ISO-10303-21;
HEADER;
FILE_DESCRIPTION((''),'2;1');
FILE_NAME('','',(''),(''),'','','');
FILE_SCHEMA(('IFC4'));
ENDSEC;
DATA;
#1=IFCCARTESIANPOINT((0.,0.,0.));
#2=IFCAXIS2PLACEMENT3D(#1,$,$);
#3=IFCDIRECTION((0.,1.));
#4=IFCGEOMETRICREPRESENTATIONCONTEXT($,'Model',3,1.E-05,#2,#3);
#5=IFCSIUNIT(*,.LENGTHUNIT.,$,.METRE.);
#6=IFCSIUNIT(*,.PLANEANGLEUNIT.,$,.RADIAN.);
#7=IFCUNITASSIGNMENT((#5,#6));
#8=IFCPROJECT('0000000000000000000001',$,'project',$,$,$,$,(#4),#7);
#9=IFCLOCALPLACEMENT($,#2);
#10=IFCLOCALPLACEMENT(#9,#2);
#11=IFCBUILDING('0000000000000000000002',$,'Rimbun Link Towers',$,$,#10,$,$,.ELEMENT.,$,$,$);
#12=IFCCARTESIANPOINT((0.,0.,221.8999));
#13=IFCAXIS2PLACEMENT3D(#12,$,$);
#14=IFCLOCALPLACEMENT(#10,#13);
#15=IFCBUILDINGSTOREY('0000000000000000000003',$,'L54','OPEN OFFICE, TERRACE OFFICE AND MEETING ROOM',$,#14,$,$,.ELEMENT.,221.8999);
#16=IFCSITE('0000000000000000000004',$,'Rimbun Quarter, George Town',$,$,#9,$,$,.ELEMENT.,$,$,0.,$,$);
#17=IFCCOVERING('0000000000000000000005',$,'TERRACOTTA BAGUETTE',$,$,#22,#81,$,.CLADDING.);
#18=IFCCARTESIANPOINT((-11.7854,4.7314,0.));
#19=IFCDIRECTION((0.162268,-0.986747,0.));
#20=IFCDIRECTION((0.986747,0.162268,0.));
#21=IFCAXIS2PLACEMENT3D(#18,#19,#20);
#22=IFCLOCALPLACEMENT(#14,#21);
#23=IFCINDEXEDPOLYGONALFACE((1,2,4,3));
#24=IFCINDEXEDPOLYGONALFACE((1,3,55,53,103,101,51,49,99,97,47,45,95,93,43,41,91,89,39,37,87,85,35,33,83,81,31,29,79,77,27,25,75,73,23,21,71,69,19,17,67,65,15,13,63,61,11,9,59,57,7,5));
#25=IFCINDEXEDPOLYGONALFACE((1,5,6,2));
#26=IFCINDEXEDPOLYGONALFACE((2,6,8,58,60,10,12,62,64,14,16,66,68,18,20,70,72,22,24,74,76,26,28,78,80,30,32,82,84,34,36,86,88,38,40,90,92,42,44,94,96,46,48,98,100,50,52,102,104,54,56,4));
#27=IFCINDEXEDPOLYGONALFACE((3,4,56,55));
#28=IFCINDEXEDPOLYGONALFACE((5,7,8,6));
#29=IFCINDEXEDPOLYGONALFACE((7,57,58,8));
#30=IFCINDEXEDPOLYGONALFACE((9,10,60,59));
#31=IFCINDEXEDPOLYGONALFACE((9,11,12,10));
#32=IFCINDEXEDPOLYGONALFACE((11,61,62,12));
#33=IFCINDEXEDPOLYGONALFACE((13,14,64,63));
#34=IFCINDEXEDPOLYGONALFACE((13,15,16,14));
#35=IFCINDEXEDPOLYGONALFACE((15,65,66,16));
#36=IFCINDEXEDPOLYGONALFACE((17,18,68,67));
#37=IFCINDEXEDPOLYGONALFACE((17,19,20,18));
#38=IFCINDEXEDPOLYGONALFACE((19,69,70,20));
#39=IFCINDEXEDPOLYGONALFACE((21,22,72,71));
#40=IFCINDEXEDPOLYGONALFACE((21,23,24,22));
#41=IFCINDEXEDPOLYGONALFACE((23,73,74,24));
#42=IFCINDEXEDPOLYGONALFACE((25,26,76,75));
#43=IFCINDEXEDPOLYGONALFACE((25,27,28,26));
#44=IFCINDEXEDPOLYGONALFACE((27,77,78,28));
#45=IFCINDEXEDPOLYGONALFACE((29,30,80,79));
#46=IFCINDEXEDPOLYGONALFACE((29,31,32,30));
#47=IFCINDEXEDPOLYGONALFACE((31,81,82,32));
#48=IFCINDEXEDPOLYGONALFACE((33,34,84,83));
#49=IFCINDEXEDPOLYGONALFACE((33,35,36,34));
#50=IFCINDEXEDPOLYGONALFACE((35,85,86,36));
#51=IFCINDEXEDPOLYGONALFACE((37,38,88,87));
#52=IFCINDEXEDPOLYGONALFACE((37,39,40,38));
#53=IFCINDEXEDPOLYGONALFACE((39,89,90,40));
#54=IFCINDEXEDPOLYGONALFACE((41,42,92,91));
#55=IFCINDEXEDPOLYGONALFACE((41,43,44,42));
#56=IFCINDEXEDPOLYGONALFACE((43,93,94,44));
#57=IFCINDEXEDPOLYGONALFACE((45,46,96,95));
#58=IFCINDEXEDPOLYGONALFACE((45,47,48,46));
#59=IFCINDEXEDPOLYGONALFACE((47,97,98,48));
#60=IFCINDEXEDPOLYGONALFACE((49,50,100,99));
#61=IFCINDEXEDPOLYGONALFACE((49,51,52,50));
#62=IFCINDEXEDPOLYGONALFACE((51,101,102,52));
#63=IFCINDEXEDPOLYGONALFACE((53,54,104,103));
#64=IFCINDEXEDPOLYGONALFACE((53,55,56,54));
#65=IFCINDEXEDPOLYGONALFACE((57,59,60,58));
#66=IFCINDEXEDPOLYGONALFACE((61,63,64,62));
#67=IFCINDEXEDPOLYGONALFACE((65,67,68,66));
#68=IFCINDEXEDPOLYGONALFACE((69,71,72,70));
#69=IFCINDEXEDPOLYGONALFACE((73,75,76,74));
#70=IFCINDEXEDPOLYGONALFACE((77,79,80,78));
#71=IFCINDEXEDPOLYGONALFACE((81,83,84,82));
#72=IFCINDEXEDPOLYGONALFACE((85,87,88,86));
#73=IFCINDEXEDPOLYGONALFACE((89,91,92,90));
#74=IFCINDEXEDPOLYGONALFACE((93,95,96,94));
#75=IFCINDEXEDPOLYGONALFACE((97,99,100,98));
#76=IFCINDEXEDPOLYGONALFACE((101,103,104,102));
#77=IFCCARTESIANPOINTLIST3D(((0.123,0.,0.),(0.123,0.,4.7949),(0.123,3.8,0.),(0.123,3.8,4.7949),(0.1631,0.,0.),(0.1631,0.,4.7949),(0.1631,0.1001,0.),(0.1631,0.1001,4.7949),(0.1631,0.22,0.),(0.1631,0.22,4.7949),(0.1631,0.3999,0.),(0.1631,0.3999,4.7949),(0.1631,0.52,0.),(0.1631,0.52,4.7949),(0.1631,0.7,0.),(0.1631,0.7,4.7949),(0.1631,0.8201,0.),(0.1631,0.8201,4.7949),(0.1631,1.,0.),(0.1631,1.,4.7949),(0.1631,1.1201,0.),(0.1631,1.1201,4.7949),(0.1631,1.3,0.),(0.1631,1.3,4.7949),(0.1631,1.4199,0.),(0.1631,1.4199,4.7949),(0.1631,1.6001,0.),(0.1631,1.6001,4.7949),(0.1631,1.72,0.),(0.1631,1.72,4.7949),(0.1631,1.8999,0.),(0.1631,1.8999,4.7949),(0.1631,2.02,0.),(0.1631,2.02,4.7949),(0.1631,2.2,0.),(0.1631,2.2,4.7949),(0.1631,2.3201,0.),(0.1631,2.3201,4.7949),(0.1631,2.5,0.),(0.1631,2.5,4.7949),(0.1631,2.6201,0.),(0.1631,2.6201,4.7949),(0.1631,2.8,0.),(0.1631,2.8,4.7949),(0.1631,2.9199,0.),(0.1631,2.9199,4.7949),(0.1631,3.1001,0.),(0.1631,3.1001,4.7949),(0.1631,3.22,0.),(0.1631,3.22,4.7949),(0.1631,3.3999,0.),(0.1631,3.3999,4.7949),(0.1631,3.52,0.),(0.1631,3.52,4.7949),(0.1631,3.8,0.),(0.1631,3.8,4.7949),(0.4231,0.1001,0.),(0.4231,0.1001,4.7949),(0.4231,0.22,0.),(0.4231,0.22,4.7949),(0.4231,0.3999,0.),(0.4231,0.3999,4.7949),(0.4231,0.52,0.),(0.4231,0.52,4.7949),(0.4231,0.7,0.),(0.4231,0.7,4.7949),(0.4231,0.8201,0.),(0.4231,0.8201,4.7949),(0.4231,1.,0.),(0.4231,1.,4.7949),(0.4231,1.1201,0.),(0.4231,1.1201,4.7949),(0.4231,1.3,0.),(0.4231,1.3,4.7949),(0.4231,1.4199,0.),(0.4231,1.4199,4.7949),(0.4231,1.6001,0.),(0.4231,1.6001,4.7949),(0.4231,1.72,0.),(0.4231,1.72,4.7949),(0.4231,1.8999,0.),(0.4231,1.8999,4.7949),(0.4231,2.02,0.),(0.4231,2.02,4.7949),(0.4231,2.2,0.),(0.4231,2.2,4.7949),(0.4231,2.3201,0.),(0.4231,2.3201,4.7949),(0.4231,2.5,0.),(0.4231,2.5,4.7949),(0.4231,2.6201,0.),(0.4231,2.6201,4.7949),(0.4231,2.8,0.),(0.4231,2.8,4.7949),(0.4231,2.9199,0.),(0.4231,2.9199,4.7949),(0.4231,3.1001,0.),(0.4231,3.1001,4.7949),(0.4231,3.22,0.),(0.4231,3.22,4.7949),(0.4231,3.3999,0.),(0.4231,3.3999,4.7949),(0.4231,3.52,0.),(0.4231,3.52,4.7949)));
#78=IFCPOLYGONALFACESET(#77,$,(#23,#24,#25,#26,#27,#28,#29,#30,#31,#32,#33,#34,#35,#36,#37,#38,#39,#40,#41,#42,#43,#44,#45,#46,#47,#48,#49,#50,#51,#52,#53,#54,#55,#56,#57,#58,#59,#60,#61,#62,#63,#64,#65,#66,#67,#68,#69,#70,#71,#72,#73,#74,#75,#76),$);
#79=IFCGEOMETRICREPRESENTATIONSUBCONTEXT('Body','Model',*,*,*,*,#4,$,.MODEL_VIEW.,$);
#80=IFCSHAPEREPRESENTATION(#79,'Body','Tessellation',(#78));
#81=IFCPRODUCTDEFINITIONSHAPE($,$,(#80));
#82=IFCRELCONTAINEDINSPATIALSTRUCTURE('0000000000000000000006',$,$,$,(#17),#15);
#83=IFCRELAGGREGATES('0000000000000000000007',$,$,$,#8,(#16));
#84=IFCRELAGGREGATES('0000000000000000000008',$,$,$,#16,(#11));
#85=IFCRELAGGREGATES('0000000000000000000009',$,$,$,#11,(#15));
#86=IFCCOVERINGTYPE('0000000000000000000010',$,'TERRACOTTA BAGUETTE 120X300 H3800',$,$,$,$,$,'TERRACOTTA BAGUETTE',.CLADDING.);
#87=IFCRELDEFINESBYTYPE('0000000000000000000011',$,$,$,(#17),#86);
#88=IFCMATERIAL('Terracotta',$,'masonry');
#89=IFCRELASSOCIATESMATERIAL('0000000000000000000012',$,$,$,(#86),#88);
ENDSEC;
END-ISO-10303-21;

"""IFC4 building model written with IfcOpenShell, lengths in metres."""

from ifc_helpers import new_model, si_unit, direction, frame, origin, place, context, subcontext, project, spatial, polyline, outline, extrude, material, material_profile, profile_set, type_object, element, save


model = new_model("IFC4")

# Units and contexts
model_context = context("Model", 3, precision=1e-05, world=origin(), true_north=direction((0.0, 1.0)))
body_context = subcontext(model_context, "Body", "Model", "MODEL_VIEW")
ifc_project = project(units=[si_unit("LENGTHUNIT", "METRE"), si_unit("PLANEANGLEUNIT", "RADIAN")], contexts=[model_context])

# Site, building, storey
site_placement = place(None, origin())
site = spatial("IfcSite", under=ifc_project, at=site_placement, Name="Rimbun Quarter, George Town", CompositionType="ELEMENT", RefElevation=0.0)
building_placement = place(site_placement, origin())
building = spatial("IfcBuilding", under=site, at=building_placement, Name="Rimbun Link Towers", CompositionType="ELEMENT")
storey_placement = place(building_placement, frame((0.0, 0.0, 221.8999)))
storey = spatial("IfcBuildingStorey", under=building, at=storey_placement, Name="L54", Description="OPEN OFFICE, TERRACE OFFICE AND MEETING ROOM", CompositionType="ELEMENT", Elevation=221.8999)

# Covering
ifc_material_1 = material(Name="Terracotta", Category="masonry")
ifc_material_profile_1 = material_profile(ifc_material_1, outline(polyline([(0.123, 0.0), (0.1631, 0.0), (0.1631, 0.1001), (0.4231, 0.1001), (0.4231, 0.22), (0.1631, 0.22), (0.1631, 0.3999), (0.4231, 0.3999), (0.4231, 0.52), (0.1631, 0.52), (0.1631, 0.7), (0.4231, 0.7), (0.4231, 0.8201), (0.1631, 0.8201), (0.1631, 1.0), (0.4231, 1.0), (0.4231, 1.1201), (0.1631, 1.1201), (0.1631, 1.3), (0.4231, 1.3), (0.4231, 1.4199), (0.1631, 1.4199), (0.1631, 1.6001), (0.4231, 1.6001), (0.4231, 1.72), (0.1631, 1.72), (0.1631, 1.8999), (0.4231, 1.8999), (0.4231, 2.02), (0.1631, 2.02), (0.1631, 2.2), (0.4231, 2.2), (0.4231, 2.3201), (0.1631, 2.3201), (0.1631, 2.5), (0.4231, 2.5), (0.4231, 2.6201), (0.1631, 2.6201), (0.1631, 2.8), (0.4231, 2.8), (0.4231, 2.9199), (0.1631, 2.9199), (0.1631, 3.1001), (0.4231, 3.1001), (0.4231, 3.22), (0.1631, 3.22), (0.1631, 3.3999), (0.4231, 3.3999), (0.4231, 3.52), (0.1631, 3.52), (0.1631, 3.8), (0.123, 3.8), (0.123, 0.0)])), Name="BAGUETTE 120X300")
ifc_profile_set_1 = profile_set([ifc_material_profile_1], Name="Terracotta")
covering_type_1 = type_object("IfcCoveringType", Name="TERRACOTTA BAGUETTE 120X300 H3800", ElementType="TERRACOTTA BAGUETTE", PredefinedType="CLADDING", material=ifc_profile_set_1)
covering_1_placement = place(storey_placement, frame((-11.7854, 4.7314, 0.0), z_axis=(0.162268, -0.986747, 0.0), x_axis=(0.986747, 0.162268, 0.0)))
element("IfcCovering", 1, at=covering_1_placement, inside=storey, type_object=covering_type_1, Name="TERRACOTTA BAGUETTE", PredefinedType="CLADDING", context=body_context, shape_type="SweptSolid", body=[
    extrude(outline(polyline([(0.123, 0.0), (0.1631, 0.0), (0.1631, 0.1001), (0.4231, 0.1001), (0.4231, 0.22), (0.1631, 0.22), (0.1631, 0.3999), (0.4231, 0.3999), (0.4231, 0.52), (0.1631, 0.52), (0.1631, 0.7), (0.4231, 0.7), (0.4231, 0.8201), (0.1631, 0.8201), (0.1631, 1.0), (0.4231, 1.0), (0.4231, 1.1201), (0.1631, 1.1201), (0.1631, 1.3), (0.4231, 1.3), (0.4231, 1.4199), (0.1631, 1.4199), (0.1631, 1.6001), (0.4231, 1.6001), (0.4231, 1.72), (0.1631, 1.72), (0.1631, 1.8999), (0.4231, 1.8999), (0.4231, 2.02), (0.1631, 2.02), (0.1631, 2.2), (0.4231, 2.2), (0.4231, 2.3201), (0.1631, 2.3201), (0.1631, 2.5), (0.4231, 2.5), (0.4231, 2.6201), (0.1631, 2.6201), (0.1631, 2.8), (0.4231, 2.8), (0.4231, 2.9199), (0.1631, 2.9199), (0.1631, 3.1001), (0.4231, 3.1001), (0.4231, 3.22), (0.1631, 3.22), (0.1631, 3.3999), (0.4231, 3.3999), (0.4231, 3.52), (0.1631, 3.52), (0.1631, 3.8), (0.123, 3.8), (0.123, 0.0)])), origin(), (0.0, 0.0, 1.0), 4.7949),
])

save(model, "model.ifc")
